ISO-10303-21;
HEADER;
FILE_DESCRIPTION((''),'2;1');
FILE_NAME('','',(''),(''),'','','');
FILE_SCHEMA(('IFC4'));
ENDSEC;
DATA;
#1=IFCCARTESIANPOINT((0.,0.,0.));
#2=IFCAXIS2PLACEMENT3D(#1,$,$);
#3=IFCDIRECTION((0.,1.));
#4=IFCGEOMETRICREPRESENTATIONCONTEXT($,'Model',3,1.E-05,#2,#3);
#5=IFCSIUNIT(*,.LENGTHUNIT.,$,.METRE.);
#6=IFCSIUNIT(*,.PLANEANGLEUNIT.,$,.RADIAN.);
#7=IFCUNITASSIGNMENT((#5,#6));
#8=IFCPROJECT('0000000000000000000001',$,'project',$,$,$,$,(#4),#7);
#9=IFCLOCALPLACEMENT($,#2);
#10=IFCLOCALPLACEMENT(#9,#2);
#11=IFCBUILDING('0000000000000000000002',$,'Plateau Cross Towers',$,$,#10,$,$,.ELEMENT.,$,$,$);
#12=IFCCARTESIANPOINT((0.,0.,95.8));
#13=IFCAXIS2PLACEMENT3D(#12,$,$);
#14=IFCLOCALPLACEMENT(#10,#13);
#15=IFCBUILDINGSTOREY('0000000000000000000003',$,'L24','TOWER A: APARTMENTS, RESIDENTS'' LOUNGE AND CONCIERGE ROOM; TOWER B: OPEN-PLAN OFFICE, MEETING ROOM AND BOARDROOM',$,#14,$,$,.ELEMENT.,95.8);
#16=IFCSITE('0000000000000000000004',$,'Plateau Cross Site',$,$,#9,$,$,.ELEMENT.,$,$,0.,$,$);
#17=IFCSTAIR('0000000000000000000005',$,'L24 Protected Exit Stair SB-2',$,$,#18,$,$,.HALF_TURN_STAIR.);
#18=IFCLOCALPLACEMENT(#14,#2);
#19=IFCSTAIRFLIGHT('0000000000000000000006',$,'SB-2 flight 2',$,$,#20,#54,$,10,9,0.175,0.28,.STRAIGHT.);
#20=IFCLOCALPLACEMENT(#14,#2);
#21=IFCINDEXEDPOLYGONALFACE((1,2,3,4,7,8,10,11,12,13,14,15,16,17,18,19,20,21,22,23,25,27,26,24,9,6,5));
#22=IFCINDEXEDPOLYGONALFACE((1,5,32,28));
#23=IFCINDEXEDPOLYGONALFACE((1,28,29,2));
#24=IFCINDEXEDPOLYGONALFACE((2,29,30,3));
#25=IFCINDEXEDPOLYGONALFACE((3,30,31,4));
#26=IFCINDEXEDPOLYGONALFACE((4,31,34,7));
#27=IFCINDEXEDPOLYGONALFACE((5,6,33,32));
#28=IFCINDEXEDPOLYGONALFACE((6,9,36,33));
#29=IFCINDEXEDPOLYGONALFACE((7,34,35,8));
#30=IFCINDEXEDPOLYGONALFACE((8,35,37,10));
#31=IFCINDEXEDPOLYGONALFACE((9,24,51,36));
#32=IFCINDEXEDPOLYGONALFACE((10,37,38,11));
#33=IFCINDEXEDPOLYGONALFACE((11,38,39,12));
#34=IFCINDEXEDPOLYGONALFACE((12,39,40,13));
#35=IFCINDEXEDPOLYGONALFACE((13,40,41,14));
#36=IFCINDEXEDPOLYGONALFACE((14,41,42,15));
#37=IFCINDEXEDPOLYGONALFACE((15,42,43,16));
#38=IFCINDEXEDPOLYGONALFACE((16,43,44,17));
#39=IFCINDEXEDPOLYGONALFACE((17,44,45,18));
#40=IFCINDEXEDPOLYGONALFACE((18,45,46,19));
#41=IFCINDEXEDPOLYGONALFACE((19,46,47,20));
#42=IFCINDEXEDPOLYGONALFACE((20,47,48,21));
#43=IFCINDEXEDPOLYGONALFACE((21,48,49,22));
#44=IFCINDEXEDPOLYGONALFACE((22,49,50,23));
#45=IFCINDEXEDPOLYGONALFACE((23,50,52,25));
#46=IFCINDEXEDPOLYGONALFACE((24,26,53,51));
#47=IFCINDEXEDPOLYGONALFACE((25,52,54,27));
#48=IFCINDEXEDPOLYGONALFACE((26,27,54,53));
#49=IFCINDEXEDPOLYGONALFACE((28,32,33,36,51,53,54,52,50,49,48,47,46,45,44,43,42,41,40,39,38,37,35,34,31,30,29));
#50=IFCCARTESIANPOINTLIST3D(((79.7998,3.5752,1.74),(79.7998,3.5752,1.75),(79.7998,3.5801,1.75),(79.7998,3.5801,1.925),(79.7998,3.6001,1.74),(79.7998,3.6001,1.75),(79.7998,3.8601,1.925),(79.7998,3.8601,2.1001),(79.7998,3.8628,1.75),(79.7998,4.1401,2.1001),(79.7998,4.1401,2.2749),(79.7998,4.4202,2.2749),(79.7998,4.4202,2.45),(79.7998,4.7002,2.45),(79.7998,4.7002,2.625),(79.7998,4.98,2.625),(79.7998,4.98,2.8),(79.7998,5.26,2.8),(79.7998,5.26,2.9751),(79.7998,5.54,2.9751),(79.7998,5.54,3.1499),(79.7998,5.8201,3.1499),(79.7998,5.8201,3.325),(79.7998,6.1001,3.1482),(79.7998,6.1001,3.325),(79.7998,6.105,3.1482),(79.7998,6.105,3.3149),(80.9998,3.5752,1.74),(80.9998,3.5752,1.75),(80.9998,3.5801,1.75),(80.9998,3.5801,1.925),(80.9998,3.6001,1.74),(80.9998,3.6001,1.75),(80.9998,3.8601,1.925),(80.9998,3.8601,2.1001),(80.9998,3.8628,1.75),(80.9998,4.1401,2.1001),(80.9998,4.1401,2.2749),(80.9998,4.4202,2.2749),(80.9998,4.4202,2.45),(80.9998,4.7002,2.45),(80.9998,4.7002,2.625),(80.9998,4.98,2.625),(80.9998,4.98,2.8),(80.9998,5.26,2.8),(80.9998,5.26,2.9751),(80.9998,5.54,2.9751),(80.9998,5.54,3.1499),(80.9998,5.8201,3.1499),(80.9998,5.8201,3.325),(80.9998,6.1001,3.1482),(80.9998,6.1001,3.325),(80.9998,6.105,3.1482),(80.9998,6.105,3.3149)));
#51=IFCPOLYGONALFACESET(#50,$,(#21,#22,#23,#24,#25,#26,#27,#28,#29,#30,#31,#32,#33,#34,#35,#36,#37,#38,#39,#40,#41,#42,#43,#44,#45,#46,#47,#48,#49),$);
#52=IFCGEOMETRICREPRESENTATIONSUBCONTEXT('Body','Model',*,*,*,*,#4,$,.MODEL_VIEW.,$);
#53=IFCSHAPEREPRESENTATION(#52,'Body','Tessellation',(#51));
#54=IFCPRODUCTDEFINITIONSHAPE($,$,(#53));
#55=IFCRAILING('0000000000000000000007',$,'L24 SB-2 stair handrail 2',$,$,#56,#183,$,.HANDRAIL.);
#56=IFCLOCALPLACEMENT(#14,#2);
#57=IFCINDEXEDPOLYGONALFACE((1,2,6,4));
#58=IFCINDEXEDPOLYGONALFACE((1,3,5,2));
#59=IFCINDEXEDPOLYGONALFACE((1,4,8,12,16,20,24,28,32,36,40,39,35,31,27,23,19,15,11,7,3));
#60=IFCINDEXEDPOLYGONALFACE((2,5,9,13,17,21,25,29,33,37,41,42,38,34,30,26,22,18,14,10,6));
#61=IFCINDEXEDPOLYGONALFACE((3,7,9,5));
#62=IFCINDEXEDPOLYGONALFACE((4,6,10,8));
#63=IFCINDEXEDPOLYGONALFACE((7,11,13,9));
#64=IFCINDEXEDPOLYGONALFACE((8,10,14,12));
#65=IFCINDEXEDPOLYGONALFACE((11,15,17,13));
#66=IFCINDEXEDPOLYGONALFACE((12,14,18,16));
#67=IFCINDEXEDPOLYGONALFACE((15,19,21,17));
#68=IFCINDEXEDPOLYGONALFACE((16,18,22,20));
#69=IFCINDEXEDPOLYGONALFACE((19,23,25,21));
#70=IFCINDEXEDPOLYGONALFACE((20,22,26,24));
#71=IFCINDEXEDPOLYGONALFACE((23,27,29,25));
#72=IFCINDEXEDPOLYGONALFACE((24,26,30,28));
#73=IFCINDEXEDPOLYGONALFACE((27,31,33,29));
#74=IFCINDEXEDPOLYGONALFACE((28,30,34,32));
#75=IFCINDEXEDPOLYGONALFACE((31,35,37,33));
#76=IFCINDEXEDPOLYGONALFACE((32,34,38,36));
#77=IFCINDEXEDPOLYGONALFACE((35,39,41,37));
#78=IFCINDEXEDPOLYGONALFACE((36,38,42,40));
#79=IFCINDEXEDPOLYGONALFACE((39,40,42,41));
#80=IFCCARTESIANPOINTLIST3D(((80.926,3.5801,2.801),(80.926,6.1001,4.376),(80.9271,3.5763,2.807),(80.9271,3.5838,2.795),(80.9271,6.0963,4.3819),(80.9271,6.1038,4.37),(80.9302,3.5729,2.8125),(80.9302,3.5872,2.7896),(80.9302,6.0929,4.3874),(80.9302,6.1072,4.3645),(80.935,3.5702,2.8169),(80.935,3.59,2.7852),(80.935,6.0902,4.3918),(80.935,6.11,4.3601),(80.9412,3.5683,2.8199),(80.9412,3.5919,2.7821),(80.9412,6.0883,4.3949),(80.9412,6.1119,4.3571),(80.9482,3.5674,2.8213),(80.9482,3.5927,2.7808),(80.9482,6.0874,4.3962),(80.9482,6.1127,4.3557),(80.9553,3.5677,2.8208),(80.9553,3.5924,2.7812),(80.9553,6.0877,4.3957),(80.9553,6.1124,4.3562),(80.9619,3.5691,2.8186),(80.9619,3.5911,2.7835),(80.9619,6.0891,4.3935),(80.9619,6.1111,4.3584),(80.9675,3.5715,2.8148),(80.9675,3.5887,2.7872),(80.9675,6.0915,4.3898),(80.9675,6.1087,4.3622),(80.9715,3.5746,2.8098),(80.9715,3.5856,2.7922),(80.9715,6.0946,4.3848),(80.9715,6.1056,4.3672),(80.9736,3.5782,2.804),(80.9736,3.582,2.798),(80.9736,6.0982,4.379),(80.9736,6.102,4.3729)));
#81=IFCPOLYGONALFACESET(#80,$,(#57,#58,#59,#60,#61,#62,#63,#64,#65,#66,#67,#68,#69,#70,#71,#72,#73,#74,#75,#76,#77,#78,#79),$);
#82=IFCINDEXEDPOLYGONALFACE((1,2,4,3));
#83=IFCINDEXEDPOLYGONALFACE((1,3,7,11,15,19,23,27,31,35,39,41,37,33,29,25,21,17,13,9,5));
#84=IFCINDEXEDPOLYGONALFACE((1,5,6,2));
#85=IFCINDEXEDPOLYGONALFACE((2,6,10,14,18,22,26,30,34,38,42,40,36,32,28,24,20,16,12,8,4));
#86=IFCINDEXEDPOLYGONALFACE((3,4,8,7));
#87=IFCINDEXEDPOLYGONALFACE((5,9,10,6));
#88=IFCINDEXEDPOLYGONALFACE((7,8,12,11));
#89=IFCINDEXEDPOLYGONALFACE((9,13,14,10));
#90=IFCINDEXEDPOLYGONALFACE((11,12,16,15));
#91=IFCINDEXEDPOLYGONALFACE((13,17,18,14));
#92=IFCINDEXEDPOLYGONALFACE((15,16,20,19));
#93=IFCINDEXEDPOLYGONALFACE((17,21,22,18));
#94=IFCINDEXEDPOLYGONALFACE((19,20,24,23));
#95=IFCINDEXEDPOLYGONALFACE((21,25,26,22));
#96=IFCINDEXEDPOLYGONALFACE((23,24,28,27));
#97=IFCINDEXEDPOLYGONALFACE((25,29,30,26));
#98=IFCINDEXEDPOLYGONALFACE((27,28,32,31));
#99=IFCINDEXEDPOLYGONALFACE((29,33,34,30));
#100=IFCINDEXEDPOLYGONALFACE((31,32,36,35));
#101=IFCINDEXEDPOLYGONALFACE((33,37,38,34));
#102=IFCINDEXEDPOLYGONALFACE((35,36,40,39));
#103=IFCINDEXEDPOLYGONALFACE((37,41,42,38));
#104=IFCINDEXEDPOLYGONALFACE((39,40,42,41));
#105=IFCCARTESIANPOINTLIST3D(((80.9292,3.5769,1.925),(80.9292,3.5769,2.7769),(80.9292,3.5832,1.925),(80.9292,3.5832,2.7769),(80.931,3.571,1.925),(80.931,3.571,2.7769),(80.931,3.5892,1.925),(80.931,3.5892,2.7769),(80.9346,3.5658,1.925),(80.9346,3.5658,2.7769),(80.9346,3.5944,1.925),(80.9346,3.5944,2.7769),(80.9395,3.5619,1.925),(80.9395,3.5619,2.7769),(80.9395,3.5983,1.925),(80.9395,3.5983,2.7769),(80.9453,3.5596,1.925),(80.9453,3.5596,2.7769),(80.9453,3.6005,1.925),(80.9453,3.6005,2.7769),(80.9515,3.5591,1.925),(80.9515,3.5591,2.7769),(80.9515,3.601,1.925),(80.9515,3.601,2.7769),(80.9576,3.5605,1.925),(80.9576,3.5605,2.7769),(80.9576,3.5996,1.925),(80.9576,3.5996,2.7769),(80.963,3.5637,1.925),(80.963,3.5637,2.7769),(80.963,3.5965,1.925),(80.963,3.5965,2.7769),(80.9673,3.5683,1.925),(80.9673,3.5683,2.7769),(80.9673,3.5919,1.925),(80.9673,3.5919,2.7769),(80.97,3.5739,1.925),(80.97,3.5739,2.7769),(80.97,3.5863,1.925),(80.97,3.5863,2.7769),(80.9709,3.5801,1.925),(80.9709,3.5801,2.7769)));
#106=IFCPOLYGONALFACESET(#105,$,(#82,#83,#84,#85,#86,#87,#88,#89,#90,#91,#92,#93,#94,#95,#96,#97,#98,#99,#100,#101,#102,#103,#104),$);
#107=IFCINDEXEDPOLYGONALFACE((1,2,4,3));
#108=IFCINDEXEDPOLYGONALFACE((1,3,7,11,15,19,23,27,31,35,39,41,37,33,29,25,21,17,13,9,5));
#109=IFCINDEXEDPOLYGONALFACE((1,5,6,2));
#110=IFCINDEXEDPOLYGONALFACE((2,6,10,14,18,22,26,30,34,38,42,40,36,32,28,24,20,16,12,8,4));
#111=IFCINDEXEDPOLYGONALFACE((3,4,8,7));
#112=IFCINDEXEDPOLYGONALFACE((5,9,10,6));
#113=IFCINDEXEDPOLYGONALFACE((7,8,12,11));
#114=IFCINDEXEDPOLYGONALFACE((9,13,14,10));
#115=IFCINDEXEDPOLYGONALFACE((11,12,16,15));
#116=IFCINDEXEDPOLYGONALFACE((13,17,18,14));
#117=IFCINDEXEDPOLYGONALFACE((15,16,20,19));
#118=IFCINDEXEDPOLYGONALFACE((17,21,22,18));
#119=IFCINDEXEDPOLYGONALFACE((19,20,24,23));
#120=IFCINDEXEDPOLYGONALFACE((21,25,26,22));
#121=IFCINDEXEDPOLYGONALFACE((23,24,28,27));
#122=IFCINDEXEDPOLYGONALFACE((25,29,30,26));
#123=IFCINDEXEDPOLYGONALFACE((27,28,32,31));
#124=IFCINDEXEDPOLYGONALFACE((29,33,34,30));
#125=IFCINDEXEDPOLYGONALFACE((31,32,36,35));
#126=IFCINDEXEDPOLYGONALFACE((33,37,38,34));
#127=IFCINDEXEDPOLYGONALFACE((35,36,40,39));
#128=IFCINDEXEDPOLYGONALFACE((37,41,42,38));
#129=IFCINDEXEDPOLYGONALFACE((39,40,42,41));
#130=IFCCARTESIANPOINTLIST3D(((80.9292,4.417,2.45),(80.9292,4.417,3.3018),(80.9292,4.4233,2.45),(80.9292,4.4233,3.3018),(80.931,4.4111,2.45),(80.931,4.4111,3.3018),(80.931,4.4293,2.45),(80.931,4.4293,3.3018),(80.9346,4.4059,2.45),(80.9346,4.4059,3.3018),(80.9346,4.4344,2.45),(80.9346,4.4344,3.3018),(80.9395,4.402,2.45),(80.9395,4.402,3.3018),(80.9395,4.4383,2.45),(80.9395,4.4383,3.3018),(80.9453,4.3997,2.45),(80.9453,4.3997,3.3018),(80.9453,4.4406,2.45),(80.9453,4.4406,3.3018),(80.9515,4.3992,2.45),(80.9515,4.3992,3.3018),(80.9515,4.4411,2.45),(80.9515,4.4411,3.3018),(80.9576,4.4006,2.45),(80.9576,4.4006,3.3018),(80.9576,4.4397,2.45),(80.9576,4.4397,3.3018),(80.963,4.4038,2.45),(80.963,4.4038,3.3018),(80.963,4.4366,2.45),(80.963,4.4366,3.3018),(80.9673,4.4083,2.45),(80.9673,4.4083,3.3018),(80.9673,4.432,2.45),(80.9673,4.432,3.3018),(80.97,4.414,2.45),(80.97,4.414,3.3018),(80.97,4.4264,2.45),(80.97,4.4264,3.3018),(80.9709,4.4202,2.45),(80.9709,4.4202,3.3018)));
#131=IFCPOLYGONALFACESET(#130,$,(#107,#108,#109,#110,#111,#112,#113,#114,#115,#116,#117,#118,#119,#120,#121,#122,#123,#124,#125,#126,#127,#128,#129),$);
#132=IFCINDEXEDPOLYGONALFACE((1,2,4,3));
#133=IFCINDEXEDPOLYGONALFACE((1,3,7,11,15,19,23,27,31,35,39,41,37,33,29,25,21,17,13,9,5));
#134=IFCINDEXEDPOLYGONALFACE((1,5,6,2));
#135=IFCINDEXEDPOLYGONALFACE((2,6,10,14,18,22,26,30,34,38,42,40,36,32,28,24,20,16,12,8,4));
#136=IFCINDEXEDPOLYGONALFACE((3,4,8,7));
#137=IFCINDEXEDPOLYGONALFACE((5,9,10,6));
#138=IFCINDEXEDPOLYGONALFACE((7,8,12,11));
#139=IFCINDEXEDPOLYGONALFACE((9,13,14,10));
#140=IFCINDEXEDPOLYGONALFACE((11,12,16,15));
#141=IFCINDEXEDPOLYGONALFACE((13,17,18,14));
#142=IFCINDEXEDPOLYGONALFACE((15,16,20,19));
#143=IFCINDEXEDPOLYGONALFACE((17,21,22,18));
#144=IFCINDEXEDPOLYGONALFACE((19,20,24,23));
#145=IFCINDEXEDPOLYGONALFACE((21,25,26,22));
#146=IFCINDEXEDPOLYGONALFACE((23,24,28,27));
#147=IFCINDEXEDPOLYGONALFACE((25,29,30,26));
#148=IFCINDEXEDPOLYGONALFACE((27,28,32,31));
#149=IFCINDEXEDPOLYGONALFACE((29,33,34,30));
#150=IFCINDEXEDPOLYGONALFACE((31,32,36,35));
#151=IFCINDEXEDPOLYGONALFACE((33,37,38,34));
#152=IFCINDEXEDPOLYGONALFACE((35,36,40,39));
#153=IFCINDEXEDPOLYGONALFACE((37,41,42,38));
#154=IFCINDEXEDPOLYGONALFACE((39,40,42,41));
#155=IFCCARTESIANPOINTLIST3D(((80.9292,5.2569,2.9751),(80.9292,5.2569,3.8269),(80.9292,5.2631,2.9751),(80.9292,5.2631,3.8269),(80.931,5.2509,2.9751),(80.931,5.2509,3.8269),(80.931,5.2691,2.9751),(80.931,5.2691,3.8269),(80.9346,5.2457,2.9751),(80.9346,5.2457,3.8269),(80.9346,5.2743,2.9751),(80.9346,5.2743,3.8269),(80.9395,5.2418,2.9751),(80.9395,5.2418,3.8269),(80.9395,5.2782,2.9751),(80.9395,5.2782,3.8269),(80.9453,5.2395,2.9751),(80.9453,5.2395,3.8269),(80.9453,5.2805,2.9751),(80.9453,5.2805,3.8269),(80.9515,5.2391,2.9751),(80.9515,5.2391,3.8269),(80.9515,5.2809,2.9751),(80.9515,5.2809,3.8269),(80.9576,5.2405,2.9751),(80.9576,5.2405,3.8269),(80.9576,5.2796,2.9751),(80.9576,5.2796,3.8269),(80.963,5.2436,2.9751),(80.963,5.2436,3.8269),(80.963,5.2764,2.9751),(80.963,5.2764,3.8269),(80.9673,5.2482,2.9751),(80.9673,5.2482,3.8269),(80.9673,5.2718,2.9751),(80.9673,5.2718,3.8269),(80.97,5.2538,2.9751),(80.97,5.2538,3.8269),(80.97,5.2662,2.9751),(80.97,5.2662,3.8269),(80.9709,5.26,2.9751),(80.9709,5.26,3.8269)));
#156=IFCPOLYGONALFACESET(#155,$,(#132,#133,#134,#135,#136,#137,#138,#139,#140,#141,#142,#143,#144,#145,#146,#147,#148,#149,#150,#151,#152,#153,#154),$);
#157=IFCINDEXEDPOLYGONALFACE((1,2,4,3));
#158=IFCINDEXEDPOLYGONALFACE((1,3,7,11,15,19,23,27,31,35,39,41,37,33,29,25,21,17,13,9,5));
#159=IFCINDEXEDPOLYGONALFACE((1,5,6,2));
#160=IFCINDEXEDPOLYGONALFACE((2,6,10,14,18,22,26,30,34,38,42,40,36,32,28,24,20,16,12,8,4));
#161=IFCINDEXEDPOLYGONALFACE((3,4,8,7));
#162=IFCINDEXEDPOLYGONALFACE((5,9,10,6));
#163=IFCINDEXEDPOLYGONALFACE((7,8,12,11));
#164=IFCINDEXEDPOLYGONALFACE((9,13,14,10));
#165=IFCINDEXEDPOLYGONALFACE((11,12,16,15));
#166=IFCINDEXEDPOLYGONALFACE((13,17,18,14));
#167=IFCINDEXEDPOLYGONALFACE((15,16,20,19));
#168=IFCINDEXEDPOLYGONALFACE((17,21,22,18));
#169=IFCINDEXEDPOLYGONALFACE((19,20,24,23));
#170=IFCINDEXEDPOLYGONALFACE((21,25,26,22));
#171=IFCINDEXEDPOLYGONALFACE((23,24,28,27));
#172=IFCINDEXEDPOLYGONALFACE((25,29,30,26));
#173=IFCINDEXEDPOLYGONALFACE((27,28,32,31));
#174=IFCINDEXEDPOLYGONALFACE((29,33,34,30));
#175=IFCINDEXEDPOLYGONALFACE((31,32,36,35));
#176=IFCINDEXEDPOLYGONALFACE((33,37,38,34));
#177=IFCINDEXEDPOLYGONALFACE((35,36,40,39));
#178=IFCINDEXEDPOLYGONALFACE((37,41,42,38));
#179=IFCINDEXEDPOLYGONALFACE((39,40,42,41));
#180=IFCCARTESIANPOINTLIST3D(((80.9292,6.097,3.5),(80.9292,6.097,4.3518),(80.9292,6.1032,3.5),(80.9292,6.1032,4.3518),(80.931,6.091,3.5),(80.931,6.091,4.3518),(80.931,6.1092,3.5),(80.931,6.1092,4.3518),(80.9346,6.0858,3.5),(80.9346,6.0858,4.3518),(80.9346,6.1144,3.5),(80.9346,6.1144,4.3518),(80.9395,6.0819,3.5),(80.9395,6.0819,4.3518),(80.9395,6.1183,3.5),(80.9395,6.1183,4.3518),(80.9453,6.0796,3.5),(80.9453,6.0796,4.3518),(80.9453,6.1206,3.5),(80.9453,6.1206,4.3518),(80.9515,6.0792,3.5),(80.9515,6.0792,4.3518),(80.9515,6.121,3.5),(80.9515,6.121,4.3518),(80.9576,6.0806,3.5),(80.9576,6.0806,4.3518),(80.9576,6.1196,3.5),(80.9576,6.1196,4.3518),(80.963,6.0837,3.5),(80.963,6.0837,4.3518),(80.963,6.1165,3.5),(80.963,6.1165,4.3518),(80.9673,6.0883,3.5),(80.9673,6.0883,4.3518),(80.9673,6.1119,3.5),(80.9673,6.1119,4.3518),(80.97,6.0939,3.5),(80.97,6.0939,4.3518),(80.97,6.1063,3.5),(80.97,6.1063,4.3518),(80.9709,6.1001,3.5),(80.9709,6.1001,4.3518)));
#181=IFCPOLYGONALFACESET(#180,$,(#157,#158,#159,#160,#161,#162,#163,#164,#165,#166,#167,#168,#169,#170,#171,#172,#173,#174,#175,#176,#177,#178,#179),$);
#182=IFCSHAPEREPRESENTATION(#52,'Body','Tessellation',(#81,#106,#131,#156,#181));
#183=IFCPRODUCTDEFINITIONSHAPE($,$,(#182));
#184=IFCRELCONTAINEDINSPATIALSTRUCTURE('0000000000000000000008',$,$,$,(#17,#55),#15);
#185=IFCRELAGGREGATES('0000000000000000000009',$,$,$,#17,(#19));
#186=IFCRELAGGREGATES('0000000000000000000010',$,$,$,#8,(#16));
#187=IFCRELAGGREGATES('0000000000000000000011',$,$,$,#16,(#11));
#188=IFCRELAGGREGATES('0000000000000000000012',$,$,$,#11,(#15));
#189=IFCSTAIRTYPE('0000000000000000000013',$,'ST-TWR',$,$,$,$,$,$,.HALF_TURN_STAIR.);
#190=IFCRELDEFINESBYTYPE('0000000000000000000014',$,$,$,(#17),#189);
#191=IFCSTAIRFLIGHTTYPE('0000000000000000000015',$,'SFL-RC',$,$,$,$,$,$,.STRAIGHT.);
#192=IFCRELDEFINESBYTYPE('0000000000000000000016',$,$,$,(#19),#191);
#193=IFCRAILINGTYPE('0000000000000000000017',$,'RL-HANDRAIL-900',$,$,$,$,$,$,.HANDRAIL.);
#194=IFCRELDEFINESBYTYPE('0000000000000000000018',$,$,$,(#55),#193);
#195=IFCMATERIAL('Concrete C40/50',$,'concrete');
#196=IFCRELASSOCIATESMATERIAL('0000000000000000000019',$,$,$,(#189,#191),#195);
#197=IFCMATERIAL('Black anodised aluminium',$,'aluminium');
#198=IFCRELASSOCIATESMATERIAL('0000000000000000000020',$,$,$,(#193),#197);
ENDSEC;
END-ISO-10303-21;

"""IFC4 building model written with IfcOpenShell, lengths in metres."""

from ifc_helpers import new_model, si_unit, direction, frame, origin, origin_2d, place, context, subcontext, project, spatial, polyline, circle, outline, extrude, material, type_object, element, aggregate, save


model = new_model("IFC4")

# Units and contexts
model_context = context("Model", 3, precision=1e-05, world=origin(), true_north=direction((0.0, 1.0)))
body_context = subcontext(model_context, "Body", "Model", "MODEL_VIEW")
ifc_project = project(units=[si_unit("LENGTHUNIT", "METRE"), si_unit("PLANEANGLEUNIT", "RADIAN")], contexts=[model_context])

# Site, building, storey
site_placement = place(None, origin())
site = spatial("IfcSite", under=ifc_project, at=site_placement, Name="Plateau Cross Site", CompositionType="ELEMENT", RefElevation=0.0)
building_placement = place(site_placement, origin())
building = spatial("IfcBuilding", under=site, at=building_placement, Name="Plateau Cross Towers", CompositionType="ELEMENT")
storey_placement = place(building_placement, frame((0.0, 0.0, 95.8)))
storey = spatial("IfcBuildingStorey", under=building, at=storey_placement, Name="L24", Description="TOWER A: APARTMENTS, RESIDENTS' LOUNGE AND CONCIERGE ROOM; TOWER B: OPEN-PLAN OFFICE, MEETING ROOM AND BOARDROOM", CompositionType="ELEMENT", Elevation=95.8)

# Shared definitions
ifc_material_1 = material(Name="Black anodised aluminium", Category="aluminium")

# Stair, stair flight
ifc_material_2 = material(Name="Concrete C40/50", Category="concrete")
stair_type = type_object("IfcStairType", Name="ST-TWR", PredefinedType="HALF_TURN_STAIR", material=ifc_material_2)
stair_placement = place(storey_placement, origin())
stair = element("IfcStair", 1, at=stair_placement, inside=storey, type_object=stair_type, Name="L24 Protected Exit Stair SB-2", PredefinedType="HALF_TURN_STAIR")
stair_flight_type = type_object("IfcStairFlightType", Name="SFL-RC", PredefinedType="STRAIGHT", material=ifc_material_2)
stair_flight_placement = place(storey_placement, frame((80.3999, 3.5801, 1.75), z_axis=(0.0, 0.0, 1.0), x_axis=(0.0, 1.0, 0.0)))
stair_flight = element("IfcStairFlight", 2, at=stair_flight_placement, type_object=stair_flight_type, Name="SB-2 flight 2", NumberOfRisers=10, NumberOfTreads=9, PredefinedType="STRAIGHT", RiserHeight=0.175, TreadLength=0.28, context=body_context, shape_type="SweptSolid", body=[
    extrude(outline(polyline([(-0.0049, -0.01), (-0.0049, 0.0), (0.0, 0.0), (0.0, 0.175), (0.28, 0.175), (0.28, 0.3501), (0.5601, 0.3501), (0.5601, 0.5249), (0.8401, 0.5249), (0.8401, 0.7), (1.1201, 0.7), (1.1201, 0.875), (1.3999, 0.875), (1.3999, 1.05), (1.6799, 1.05), (1.6799, 1.2251), (1.96, 1.2251), (1.96, 1.3999), (2.24, 1.3999), (2.24, 1.575), (2.52, 1.575), (2.5249, 1.5649), (2.5249, 1.3982), (2.52, 1.3982), (0.2827, 0.0), (0.02, 0.0), (0.02, -0.01), (-0.0049, -0.01)])), frame((0.0, 0.6001, 0.0), z_axis=(0.0, -1.0, 0.0), x_axis=(1.0, 0.0, 0.0)), (0.0, 0.0, 1.0), 1.2),
])
aggregate(stair, [stair_flight])

# Railing
railing_type = type_object("IfcRailingType", Name="RL-HANDRAIL-900", PredefinedType="HANDRAIL", material=ifc_material_1)
railing_placement = place(storey_placement, frame((80.95, 3.5801, 1.925)))
element("IfcRailing", 3, at=railing_placement, inside=storey, type_object=railing_type, Name="L24 SB-2 stair handrail 2", PredefinedType="HANDRAIL", context=body_context, shape_type="SweptSolid", body=[
    extrude(circle(Radius=0.0239, at=origin_2d()), frame((0.0, 0.0, 0.876), z_axis=(0.0, 0.848008, 0.529984), x_axis=(-1.0, 0.0, 0.0)), (0.0, 0.0, 1.0), 2.9717),
    extrude(circle(Radius=0.021, at=origin_2d()), origin(), (0.0, 0.0, 1.0), 0.8518),
    extrude(circle(Radius=0.021, at=origin_2d()), frame((0.0, 0.8401, 0.5249)), (0.0, 0.0, 1.0), 0.8518),
    extrude(circle(Radius=0.021, at=origin_2d()), frame((0.0, 1.6799, 1.05)), (0.0, 0.0, 1.0), 0.8518),
    extrude(circle(Radius=0.021, at=origin_2d()), frame((0.0, 2.52, 1.575)), (0.0, 0.0, 1.0), 0.8518),
])

save(model, "model.ifc")
